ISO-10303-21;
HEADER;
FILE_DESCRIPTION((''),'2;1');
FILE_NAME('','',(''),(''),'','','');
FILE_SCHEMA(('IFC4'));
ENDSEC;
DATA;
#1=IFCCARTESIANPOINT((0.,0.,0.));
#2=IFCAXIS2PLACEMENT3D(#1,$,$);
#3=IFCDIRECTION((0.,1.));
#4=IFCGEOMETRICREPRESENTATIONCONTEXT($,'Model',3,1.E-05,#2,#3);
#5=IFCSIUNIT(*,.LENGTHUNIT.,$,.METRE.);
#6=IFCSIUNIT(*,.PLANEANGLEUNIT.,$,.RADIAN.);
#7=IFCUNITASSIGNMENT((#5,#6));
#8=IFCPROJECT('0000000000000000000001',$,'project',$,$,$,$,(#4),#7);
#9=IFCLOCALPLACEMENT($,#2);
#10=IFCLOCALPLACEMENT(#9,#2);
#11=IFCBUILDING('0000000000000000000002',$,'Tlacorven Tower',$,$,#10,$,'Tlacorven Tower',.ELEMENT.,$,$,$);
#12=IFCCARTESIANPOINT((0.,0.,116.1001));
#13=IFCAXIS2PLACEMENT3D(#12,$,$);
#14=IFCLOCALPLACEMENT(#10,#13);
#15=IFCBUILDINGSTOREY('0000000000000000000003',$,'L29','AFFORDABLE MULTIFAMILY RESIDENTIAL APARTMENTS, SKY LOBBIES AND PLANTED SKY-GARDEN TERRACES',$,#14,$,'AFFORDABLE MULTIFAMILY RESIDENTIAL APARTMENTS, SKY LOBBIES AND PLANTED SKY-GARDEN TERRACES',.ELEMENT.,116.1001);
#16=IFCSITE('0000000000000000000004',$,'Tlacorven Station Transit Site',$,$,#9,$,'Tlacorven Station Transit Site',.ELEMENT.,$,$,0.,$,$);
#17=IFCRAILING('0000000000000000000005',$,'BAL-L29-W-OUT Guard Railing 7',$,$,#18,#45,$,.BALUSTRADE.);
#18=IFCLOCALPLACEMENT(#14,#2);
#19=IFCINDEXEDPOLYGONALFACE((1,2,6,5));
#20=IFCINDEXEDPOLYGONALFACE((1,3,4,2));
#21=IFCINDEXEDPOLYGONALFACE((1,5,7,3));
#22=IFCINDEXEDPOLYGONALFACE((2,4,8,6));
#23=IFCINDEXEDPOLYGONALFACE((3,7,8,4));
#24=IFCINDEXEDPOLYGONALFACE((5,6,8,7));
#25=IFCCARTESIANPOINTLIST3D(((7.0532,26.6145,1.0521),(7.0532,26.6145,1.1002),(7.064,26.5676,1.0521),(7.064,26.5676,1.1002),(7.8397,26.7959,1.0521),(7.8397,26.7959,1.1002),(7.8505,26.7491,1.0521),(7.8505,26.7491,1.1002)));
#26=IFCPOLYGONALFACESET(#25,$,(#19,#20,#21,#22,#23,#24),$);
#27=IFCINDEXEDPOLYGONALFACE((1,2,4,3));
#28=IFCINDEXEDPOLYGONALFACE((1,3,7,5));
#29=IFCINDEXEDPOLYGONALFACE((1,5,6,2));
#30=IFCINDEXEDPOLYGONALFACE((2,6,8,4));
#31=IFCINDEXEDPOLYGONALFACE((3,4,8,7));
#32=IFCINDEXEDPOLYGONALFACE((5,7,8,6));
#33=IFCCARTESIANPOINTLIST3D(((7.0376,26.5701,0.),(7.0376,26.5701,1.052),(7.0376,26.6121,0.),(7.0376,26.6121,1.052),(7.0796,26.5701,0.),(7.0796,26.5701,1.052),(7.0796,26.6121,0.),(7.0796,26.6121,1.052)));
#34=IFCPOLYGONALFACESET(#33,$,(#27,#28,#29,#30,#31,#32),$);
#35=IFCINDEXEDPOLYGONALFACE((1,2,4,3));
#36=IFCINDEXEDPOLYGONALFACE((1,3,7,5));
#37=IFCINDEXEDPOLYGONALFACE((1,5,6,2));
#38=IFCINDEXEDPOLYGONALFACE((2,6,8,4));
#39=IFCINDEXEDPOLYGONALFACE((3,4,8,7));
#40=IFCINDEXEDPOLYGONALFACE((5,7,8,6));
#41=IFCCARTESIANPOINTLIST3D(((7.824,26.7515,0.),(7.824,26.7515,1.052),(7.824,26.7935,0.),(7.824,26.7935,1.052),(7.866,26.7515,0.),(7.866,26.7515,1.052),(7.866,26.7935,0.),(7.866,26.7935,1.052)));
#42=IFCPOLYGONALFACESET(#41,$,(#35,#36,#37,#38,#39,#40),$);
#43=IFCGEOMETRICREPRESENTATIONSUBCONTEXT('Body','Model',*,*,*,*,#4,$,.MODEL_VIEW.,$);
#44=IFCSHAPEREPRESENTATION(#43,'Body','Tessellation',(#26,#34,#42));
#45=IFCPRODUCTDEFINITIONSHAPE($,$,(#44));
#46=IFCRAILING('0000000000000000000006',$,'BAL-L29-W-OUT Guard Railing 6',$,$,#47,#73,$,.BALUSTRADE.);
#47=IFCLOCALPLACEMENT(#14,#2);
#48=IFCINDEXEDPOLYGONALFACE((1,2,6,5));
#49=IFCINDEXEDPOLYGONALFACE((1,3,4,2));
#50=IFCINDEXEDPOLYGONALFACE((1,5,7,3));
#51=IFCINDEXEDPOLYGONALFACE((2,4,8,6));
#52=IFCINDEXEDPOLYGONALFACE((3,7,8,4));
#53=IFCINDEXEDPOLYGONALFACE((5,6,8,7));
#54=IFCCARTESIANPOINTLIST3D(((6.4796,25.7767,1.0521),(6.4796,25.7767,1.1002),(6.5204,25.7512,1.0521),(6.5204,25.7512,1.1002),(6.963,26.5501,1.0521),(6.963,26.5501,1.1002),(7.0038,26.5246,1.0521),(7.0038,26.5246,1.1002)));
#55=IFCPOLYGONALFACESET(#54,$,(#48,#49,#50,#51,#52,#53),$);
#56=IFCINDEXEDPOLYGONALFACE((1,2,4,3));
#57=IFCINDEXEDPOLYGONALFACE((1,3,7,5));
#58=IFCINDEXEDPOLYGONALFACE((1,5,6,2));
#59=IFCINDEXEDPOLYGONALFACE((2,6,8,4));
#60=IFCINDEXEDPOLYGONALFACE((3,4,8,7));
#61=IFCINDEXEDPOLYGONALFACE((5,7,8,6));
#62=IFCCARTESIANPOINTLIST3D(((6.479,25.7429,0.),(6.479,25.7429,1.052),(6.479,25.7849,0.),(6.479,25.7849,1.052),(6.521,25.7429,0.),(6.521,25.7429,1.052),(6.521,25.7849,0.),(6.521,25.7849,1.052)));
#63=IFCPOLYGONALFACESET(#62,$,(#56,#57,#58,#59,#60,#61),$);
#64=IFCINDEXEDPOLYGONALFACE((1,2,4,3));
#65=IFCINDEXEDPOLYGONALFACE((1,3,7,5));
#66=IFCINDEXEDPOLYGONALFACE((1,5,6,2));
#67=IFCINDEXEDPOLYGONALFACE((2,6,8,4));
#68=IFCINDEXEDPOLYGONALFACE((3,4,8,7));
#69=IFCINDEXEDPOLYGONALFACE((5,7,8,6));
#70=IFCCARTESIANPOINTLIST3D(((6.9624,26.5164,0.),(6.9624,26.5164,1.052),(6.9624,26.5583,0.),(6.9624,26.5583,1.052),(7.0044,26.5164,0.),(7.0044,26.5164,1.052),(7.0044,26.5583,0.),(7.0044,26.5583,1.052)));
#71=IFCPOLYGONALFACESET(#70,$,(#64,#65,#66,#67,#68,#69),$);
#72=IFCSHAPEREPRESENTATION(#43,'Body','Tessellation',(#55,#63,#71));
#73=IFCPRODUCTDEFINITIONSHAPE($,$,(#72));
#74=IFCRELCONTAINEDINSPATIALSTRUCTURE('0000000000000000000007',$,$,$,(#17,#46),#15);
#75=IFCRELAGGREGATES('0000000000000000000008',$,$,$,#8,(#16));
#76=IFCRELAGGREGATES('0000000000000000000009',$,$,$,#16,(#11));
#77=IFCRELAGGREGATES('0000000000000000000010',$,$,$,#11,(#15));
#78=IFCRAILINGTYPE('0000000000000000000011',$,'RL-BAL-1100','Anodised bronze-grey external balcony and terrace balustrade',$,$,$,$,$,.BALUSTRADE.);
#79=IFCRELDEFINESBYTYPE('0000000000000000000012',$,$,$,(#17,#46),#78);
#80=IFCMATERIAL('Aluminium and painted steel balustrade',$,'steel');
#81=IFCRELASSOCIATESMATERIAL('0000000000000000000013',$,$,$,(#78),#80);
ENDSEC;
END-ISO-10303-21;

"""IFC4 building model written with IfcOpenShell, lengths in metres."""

from ifc_helpers import new_model, si_unit, direction, frame, origin, origin_2d, place, context, subcontext, project, spatial, rectangle, extrude, source, transform, mapped, material, type_object, element, save


model = new_model("IFC4")

# Units and contexts
model_context = context("Model", 3, precision=1e-05, world=origin(), true_north=direction((0.0, 1.0)))
body_context = subcontext(model_context, "Body", "Model", "MODEL_VIEW")
ifc_project = project(units=[si_unit("LENGTHUNIT", "METRE"), si_unit("PLANEANGLEUNIT", "RADIAN")], contexts=[model_context])

# Site, building, storey
site_placement = place(None, origin())
site = spatial("IfcSite", under=ifc_project, at=site_placement, Name="Tlacorven Station Transit Site", LongName="Tlacorven Station Transit Site", CompositionType="ELEMENT", RefElevation=0.0)
building_placement = place(site_placement, origin())
building = spatial("IfcBuilding", under=site, at=building_placement, Name="Tlacorven Tower", LongName="Tlacorven Tower", CompositionType="ELEMENT")
storey_placement = place(building_placement, frame((0.0, 0.0, 116.1001)))
storey = spatial("IfcBuildingStorey", under=building, at=storey_placement, Name="L29", Description="AFFORDABLE MULTIFAMILY RESIDENTIAL APARTMENTS, SKY LOBBIES AND PLANTED SKY-GARDEN TERRACES", LongName="AFFORDABLE MULTIFAMILY RESIDENTIAL APARTMENTS, SKY LOBBIES AND PLANTED SKY-GARDEN TERRACES", CompositionType="ELEMENT", Elevation=116.1001)

# Railings
ifc_material_1 = material(Name="Aluminium and painted steel balustrade", Category="steel")
railing_type = type_object("IfcRailingType", Name="RL-BAL-1100", Description="Anodised bronze-grey external balcony and terrace balustrade", PredefinedType="BALUSTRADE", material=ifc_material_1)
shared_shape_1 = source(origin(), body_context, "Body", "SweptSolid", [
    extrude(rectangle(XDim=0.0481, YDim=0.0481, at=origin_2d()), frame((0.0, 0.0, 1.0762), z_axis=(0.974412, 0.224771, 0.0), x_axis=(-0.224771, 0.974412, 0.0)), (0.0, 0.0, 1.0), 0.8071),
    extrude(rectangle(XDim=0.042, YDim=0.042, at=origin_2d()), origin(), (0.0, 0.0, 1.0), 1.052),
    extrude(rectangle(XDim=0.042, YDim=0.042, at=origin_2d()), frame((0.7864, 0.1814, 0.0)), (0.0, 0.0, 1.0), 1.052),
])
railing_1_placement = place(storey_placement, frame((7.0586, 26.5911, 0.0)))
element("IfcRailing", 1, at=railing_1_placement, inside=storey, type_object=railing_type, Name="BAL-L29-W-OUT Guard Railing 7", PredefinedType="BALUSTRADE", context=body_context, shape_type="MappedRepresentation", body=[
    mapped(shared_shape_1, transform((0.0, 0.0, 0.0), scale=1.0)),
])
shared_shape_2 = source(origin(), body_context, "Body", "SweptSolid", [
    extrude(rectangle(XDim=0.0481, YDim=0.0481, at=origin_2d()), frame((0.0, 0.0, 1.0762), z_axis=(0.529999, 0.847998, 0.0), x_axis=(-0.847998, 0.529999, 0.0)), (0.0, 0.0, 1.0), 0.9121),
    extrude(rectangle(XDim=0.042, YDim=0.042, at=origin_2d()), origin(), (0.0, 0.0, 1.0), 1.052),
    extrude(rectangle(XDim=0.042, YDim=0.042, at=origin_2d()), frame((0.4834, 0.7734, 0.0)), (0.0, 0.0, 1.0), 1.052),
])
railing_2_placement = place(storey_placement, frame((6.5, 25.7639, 0.0)))
element("IfcRailing", 2, at=railing_2_placement, inside=storey, type_object=railing_type, Name="BAL-L29-W-OUT Guard Railing 6", PredefinedType="BALUSTRADE", context=body_context, shape_type="MappedRepresentation", body=[
    mapped(shared_shape_2, transform((0.0, 0.0, 0.0), scale=1.0)),
])

save(model, "model.ifc")
